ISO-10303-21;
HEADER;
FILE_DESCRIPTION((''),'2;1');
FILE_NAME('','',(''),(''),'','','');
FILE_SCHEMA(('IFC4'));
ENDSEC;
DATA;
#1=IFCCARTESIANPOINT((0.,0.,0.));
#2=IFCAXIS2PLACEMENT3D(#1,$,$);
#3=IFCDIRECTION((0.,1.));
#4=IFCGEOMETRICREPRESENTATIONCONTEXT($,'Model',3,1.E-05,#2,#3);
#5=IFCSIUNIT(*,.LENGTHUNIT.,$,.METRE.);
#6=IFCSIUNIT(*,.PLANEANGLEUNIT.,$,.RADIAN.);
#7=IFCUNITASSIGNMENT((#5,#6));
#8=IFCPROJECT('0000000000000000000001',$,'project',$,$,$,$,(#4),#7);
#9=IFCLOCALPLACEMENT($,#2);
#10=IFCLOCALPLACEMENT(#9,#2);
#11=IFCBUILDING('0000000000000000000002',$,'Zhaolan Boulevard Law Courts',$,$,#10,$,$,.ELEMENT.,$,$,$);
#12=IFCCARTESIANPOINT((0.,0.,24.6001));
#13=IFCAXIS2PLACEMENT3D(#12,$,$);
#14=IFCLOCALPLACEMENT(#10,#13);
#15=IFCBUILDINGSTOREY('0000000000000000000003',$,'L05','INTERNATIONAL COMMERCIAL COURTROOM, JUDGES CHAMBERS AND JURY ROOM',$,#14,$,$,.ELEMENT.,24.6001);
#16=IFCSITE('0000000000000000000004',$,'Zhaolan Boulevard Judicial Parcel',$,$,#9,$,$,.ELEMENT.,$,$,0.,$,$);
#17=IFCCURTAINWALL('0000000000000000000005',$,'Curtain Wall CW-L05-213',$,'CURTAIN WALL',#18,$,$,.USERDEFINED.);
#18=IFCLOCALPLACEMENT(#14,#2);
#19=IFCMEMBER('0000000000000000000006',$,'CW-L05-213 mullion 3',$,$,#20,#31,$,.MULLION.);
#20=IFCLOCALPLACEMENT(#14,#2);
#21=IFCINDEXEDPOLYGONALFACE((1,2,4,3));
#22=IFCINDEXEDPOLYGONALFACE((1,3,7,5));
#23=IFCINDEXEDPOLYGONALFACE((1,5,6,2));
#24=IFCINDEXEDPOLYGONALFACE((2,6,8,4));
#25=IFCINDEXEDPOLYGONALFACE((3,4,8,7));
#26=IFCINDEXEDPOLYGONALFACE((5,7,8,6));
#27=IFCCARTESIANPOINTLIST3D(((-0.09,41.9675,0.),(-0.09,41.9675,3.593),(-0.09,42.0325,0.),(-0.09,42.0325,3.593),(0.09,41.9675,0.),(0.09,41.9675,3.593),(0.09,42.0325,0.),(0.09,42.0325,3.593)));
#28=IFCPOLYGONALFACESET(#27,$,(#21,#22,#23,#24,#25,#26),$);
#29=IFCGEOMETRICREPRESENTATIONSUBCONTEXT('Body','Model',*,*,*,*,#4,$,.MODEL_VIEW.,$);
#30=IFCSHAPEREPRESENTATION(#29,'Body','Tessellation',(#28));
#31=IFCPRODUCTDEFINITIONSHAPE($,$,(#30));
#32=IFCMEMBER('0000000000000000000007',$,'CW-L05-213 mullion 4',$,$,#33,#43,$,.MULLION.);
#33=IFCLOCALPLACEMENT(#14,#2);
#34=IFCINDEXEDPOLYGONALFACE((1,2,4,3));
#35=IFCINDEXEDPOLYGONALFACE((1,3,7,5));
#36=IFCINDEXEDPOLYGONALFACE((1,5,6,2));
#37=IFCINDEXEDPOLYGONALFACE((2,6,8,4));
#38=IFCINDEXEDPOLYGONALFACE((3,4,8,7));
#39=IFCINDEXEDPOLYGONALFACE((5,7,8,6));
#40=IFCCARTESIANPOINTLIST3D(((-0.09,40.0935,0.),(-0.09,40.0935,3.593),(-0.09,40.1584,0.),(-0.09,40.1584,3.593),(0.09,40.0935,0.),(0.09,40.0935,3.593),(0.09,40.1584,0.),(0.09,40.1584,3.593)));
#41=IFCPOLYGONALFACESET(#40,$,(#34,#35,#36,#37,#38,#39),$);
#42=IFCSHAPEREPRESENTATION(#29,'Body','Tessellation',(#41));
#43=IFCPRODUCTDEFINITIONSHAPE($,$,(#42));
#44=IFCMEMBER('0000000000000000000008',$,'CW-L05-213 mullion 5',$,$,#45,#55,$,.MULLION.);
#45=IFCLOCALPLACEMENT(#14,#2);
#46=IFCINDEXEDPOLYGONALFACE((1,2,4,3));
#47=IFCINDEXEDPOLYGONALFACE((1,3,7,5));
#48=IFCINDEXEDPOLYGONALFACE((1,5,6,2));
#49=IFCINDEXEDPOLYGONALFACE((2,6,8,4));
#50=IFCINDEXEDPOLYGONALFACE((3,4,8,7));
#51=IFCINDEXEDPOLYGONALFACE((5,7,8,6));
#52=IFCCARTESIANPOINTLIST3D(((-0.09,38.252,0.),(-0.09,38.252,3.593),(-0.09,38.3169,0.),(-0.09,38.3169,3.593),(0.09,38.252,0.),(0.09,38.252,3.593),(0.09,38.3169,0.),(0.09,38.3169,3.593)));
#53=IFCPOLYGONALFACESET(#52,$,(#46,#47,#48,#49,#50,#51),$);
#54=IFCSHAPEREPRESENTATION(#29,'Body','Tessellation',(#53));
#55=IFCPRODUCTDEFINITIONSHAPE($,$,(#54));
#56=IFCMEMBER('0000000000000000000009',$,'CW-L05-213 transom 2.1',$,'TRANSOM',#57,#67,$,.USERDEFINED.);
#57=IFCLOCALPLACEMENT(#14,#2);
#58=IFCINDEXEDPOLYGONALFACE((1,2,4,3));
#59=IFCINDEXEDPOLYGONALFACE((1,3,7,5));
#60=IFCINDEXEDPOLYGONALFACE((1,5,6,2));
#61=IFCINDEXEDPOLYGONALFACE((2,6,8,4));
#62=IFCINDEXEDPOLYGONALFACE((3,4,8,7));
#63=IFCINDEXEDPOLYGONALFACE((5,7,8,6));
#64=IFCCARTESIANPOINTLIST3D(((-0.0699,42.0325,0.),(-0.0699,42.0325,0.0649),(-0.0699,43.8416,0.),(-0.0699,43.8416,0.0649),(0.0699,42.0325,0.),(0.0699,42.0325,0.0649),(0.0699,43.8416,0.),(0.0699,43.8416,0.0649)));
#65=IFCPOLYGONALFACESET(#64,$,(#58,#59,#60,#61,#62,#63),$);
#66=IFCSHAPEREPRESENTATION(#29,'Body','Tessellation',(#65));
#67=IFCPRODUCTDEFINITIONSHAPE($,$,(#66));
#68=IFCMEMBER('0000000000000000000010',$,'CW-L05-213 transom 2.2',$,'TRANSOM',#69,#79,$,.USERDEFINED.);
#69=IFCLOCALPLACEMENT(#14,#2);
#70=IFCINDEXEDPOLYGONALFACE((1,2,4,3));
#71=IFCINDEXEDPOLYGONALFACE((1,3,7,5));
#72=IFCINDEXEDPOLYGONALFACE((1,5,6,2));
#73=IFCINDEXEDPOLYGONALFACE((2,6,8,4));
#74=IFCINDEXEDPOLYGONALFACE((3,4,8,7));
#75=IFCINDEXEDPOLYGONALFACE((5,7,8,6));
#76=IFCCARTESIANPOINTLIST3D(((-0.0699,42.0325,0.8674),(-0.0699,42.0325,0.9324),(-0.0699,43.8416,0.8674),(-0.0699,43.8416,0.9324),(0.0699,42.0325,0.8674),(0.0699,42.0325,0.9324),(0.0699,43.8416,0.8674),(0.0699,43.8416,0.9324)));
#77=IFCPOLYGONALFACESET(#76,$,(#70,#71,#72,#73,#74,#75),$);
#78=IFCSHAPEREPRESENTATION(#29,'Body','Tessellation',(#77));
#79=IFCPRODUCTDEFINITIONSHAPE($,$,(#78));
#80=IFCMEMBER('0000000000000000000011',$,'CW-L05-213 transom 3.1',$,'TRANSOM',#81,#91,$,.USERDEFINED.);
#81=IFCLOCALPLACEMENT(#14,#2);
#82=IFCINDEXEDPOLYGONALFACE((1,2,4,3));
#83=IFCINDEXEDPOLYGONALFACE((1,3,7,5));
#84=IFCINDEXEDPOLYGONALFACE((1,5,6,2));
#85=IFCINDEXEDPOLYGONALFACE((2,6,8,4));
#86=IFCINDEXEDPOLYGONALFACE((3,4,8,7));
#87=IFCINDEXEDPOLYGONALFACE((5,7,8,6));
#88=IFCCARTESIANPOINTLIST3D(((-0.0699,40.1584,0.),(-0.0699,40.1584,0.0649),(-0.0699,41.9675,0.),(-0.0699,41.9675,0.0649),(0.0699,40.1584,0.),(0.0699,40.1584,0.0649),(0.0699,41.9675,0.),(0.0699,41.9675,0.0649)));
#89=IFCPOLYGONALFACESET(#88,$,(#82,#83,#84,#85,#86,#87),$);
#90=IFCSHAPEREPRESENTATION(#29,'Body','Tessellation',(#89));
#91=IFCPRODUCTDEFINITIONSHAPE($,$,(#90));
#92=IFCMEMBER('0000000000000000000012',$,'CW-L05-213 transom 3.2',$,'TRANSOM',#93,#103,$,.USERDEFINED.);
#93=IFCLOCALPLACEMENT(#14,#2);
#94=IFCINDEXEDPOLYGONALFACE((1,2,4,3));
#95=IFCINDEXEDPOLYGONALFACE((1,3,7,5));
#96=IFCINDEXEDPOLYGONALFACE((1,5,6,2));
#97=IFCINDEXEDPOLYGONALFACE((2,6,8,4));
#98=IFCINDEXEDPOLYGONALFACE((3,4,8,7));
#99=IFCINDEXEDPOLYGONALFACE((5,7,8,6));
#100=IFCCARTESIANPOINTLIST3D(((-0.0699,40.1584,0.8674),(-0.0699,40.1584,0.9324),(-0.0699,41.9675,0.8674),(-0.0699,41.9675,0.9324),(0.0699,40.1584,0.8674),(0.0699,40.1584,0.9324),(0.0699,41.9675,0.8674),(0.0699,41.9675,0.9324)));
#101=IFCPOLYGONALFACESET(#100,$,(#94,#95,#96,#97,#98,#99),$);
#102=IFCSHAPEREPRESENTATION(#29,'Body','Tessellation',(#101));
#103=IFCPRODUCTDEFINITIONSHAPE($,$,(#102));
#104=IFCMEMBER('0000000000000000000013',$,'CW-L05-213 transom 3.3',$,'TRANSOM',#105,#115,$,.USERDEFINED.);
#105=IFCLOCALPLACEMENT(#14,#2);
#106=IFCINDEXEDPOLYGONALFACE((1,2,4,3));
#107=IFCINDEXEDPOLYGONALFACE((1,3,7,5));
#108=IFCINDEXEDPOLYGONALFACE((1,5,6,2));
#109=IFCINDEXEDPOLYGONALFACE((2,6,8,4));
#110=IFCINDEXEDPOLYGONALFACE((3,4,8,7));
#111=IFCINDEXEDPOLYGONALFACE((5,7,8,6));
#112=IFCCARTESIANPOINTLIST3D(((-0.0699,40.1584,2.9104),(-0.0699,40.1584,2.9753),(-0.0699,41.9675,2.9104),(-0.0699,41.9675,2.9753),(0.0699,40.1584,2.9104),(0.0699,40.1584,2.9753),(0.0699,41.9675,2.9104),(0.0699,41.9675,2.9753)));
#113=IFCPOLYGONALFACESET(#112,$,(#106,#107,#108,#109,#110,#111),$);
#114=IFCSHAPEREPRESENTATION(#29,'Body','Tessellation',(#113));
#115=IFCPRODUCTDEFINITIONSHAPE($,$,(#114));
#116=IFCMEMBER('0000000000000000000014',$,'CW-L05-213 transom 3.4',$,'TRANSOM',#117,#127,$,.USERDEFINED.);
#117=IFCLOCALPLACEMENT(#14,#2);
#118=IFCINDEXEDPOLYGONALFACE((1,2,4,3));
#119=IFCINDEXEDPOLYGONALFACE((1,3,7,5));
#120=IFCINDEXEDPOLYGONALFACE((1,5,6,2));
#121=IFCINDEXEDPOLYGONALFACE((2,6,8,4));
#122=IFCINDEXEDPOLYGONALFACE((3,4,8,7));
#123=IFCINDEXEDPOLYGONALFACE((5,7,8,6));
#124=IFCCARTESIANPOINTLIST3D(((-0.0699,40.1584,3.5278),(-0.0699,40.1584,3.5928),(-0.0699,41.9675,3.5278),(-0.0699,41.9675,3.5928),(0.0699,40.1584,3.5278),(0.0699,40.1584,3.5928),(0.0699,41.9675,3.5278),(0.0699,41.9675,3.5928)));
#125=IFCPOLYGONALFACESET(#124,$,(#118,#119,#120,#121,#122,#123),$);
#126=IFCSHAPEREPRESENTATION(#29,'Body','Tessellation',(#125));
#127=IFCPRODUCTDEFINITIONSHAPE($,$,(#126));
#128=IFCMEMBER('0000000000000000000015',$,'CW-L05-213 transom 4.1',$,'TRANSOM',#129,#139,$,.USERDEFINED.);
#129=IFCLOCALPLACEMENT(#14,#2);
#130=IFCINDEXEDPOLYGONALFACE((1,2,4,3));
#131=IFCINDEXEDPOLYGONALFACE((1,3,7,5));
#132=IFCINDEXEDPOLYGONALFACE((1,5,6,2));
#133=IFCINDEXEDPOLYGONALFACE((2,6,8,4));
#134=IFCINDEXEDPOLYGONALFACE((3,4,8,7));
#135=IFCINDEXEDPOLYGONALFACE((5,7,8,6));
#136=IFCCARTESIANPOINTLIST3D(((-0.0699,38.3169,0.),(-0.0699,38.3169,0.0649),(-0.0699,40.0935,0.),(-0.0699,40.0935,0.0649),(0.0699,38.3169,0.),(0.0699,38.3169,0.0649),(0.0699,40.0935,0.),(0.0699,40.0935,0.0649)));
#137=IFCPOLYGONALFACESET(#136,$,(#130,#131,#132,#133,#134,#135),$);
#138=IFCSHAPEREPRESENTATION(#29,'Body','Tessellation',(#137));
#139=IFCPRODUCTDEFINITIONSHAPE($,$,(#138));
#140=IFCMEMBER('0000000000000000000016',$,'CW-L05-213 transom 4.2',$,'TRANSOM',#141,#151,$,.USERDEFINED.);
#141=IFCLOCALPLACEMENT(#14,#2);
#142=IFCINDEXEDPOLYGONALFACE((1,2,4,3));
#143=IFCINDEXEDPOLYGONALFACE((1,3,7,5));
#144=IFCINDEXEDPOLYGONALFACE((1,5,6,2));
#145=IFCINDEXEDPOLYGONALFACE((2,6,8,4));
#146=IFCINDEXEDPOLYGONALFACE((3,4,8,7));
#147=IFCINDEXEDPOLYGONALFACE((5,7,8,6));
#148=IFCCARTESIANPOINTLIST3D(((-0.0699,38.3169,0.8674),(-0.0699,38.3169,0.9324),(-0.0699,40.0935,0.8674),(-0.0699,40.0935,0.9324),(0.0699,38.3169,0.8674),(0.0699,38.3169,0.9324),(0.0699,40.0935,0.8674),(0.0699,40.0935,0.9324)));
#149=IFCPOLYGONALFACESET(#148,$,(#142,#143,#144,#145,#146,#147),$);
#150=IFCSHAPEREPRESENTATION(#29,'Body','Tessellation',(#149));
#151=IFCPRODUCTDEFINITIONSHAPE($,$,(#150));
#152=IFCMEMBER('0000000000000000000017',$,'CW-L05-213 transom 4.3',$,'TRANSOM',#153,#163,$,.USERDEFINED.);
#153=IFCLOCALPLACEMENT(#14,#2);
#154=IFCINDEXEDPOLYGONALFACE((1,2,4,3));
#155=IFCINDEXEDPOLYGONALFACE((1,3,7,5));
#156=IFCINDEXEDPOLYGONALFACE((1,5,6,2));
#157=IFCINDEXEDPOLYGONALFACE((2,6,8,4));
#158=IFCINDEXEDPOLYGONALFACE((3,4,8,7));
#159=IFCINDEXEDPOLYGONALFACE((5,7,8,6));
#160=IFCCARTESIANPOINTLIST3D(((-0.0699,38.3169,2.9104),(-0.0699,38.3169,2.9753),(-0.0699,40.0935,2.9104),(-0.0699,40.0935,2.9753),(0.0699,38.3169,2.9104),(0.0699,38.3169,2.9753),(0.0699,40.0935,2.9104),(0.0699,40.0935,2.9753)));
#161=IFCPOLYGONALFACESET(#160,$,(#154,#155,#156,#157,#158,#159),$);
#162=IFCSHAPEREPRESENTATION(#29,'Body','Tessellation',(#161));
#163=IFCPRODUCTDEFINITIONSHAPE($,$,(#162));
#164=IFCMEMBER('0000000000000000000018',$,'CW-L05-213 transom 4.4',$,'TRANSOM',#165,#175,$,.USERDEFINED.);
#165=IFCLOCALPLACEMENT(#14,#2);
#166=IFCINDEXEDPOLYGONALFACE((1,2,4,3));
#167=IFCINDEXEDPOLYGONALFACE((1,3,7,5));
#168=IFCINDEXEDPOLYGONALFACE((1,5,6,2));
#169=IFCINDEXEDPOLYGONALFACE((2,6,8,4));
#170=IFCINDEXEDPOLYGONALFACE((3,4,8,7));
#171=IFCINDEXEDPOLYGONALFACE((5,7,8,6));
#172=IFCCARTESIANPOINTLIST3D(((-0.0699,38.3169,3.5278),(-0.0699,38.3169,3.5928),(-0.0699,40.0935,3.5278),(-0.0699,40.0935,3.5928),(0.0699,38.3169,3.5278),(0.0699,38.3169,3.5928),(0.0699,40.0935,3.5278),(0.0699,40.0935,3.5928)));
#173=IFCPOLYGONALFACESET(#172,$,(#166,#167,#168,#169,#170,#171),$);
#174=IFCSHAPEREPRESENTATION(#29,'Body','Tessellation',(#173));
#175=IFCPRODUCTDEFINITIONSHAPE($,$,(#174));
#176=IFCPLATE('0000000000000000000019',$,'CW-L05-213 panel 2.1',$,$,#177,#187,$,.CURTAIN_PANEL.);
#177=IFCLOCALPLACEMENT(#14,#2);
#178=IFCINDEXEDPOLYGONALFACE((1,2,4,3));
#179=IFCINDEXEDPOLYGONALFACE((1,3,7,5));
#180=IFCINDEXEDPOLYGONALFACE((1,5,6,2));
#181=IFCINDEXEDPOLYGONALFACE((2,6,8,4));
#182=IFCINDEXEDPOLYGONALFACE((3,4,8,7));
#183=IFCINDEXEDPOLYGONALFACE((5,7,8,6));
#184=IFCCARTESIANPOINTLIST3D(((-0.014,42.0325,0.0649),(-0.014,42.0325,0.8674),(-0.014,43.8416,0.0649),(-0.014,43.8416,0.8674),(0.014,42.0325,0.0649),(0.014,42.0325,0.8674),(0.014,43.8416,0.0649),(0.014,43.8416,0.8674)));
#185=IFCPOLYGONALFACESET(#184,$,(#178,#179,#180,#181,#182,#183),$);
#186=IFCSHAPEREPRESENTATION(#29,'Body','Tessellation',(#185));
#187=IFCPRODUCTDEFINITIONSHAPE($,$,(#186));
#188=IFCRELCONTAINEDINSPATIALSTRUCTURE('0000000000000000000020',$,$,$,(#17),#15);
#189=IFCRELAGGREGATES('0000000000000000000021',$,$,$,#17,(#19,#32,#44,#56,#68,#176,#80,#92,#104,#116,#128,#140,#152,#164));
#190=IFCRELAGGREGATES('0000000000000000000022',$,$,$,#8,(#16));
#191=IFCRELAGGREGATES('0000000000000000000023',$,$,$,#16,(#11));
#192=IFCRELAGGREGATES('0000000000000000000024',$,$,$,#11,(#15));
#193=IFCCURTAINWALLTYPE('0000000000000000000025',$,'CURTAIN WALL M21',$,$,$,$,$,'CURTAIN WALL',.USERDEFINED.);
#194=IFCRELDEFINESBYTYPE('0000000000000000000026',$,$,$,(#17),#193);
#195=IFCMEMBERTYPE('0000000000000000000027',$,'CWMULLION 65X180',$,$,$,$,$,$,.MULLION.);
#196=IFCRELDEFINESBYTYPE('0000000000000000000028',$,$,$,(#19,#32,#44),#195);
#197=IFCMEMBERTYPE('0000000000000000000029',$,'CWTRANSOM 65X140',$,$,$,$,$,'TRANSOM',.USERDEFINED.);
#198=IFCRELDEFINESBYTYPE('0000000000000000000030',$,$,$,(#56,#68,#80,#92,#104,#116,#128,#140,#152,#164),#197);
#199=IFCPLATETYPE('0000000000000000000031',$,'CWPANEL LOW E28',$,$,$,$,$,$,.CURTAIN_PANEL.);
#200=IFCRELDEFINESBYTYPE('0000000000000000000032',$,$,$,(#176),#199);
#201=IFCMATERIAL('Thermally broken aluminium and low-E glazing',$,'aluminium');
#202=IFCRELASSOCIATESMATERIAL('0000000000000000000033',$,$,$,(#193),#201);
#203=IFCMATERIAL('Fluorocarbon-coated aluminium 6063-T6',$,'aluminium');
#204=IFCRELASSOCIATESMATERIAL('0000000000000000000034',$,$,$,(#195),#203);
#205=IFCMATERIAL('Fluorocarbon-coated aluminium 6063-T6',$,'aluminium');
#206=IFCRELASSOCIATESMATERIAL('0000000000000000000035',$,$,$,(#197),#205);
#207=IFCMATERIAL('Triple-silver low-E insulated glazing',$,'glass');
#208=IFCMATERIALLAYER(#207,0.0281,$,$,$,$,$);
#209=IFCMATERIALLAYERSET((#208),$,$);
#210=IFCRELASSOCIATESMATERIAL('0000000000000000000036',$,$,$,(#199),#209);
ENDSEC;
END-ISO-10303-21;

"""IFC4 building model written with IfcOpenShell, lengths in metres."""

from ifc_helpers import new_model, si_unit, direction, frame, origin, origin_2d, place, context, subcontext, project, spatial, rectangle, extrude, material, layer, layer_set, material_profile, profile_set, type_object, element, aggregate, save


model = new_model("IFC4")

# Units and contexts
model_context = context("Model", 3, precision=1e-05, world=origin(), true_north=direction((0.0, 1.0)))
body_context = subcontext(model_context, "Body", "Model", "MODEL_VIEW")
ifc_project = project(units=[si_unit("LENGTHUNIT", "METRE"), si_unit("PLANEANGLEUNIT", "RADIAN")], contexts=[model_context])

# Site, building, storey
site_placement = place(None, origin())
site = spatial("IfcSite", under=ifc_project, at=site_placement, Name="Zhaolan Boulevard Judicial Parcel", CompositionType="ELEMENT", RefElevation=0.0)
building_placement = place(site_placement, origin())
building = spatial("IfcBuilding", under=site, at=building_placement, Name="Zhaolan Boulevard Law Courts", CompositionType="ELEMENT")
storey_placement = place(building_placement, frame((0.0, 0.0, 24.6001)))
storey = spatial("IfcBuildingStorey", under=building, at=storey_placement, Name="L05", Description="INTERNATIONAL COMMERCIAL COURTROOM, JUDGES CHAMBERS AND JURY ROOM", CompositionType="ELEMENT", Elevation=24.6001)

# Curtain wall, members, plate
ifc_material_1 = material(Name="Thermally broken aluminium and low-E glazing", Category="aluminium")
curtain_wall_type = type_object("IfcCurtainWallType", Name="CURTAIN WALL M21", ElementType="CURTAIN WALL", PredefinedType="USERDEFINED", material=ifc_material_1)
curtain_wall_placement = place(storey_placement, origin())
curtain_wall = element("IfcCurtainWall", 1, at=curtain_wall_placement, inside=storey, type_object=curtain_wall_type, Name="Curtain Wall CW-L05-213", ObjectType="CURTAIN WALL", PredefinedType="USERDEFINED")
ifc_material_2 = material(Name="Fluorocarbon-coated aluminium 6063-T6", Category="aluminium")
ifc_material_profile_1 = material_profile(ifc_material_2, rectangle(XDim=0.1799, YDim=0.0649, at=origin_2d()), Name="AL65x180")
ifc_profile_set_1 = profile_set([ifc_material_profile_1], Name="Fluorocarbon-coated aluminium 6063-T6")
member_type_1 = type_object("IfcMemberType", Name="CWMULLION 65X180", PredefinedType="MULLION", material=ifc_profile_set_1)
member_1_placement = place(storey_placement, frame((0.0, 42.0, 0.0), z_axis=(0.0, 0.0, 1.0), x_axis=(1.0, 0.0, 0.0)))
member_1 = element("IfcMember", 2, at=member_1_placement, type_object=member_type_1, Name="CW-L05-213 mullion 3", PredefinedType="MULLION", context=body_context, shape_type="SweptSolid", body=[
    extrude(rectangle(XDim=0.1799, YDim=0.0649, at=origin_2d()), origin(), (0.0, 0.0, 1.0), 3.593),
])
member_2_placement = place(storey_placement, frame((0.0, 40.126, 0.0), z_axis=(0.0, 0.0, 1.0), x_axis=(1.0, 0.0, 0.0)))
member_2 = element("IfcMember", 3, at=member_2_placement, type_object=member_type_1, Name="CW-L05-213 mullion 4", PredefinedType="MULLION", context=body_context, shape_type="SweptSolid", body=[
    extrude(rectangle(XDim=0.1799, YDim=0.0649, at=origin_2d()), origin(), (0.0, 0.0, 1.0), 3.593),
])
member_3_placement = place(storey_placement, frame((0.0, 38.2844, 0.0), z_axis=(0.0, 0.0, 1.0), x_axis=(1.0, 0.0, 0.0)))
member_3 = element("IfcMember", 4, at=member_3_placement, type_object=member_type_1, Name="CW-L05-213 mullion 5", PredefinedType="MULLION", context=body_context, shape_type="SweptSolid", body=[
    extrude(rectangle(XDim=0.1799, YDim=0.0649, at=origin_2d()), origin(), (0.0, 0.0, 1.0), 3.593),
])
ifc_material_3 = material(Name="Fluorocarbon-coated aluminium 6063-T6", Category="aluminium")
ifc_material_profile_2 = material_profile(ifc_material_3, rectangle(XDim=0.1399, YDim=0.0649, at=origin_2d()), Name="AL65x140")
ifc_profile_set_2 = profile_set([ifc_material_profile_2], Name="Fluorocarbon-coated aluminium 6063-T6")
member_type_2 = type_object("IfcMemberType", Name="CWTRANSOM 65X140", ElementType="TRANSOM", PredefinedType="USERDEFINED", material=ifc_profile_set_2)
member_4_placement = place(storey_placement, frame((0.0, 43.8416, 0.0325), z_axis=(0.0, -1.0, 0.0), x_axis=(1.0, 0.0, 0.0)))
member_4 = element("IfcMember", 5, at=member_4_placement, type_object=member_type_2, Name="CW-L05-213 transom 2.1", ObjectType="TRANSOM", PredefinedType="USERDEFINED", context=body_context, shape_type="SweptSolid", body=[
    extrude(rectangle(XDim=0.1399, YDim=0.0649, at=origin_2d()), origin(), (0.0, 0.0, 1.0), 1.8091),
])
member_5_placement = place(storey_placement, frame((0.0, 43.8416, 0.8999), z_axis=(0.0, -1.0, 0.0), x_axis=(1.0, 0.0, 0.0)))
member_5 = element("IfcMember", 6, at=member_5_placement, type_object=member_type_2, Name="CW-L05-213 transom 2.2", ObjectType="TRANSOM", PredefinedType="USERDEFINED", context=body_context, shape_type="SweptSolid", body=[
    extrude(rectangle(XDim=0.1399, YDim=0.0649, at=origin_2d()), origin(), (0.0, 0.0, 1.0), 1.8091),
])
member_6_placement = place(storey_placement, frame((0.0, 41.9675, 0.0325), z_axis=(0.0, -1.0, 0.0), x_axis=(1.0, 0.0, 0.0)))
member_6 = element("IfcMember", 7, at=member_6_placement, type_object=member_type_2, Name="CW-L05-213 transom 3.1", ObjectType="TRANSOM", PredefinedType="USERDEFINED", context=body_context, shape_type="SweptSolid", body=[
    extrude(rectangle(XDim=0.1399, YDim=0.0649, at=origin_2d()), origin(), (0.0, 0.0, 1.0), 1.8091),
])
member_7_placement = place(storey_placement, frame((0.0, 41.9675, 0.8999), z_axis=(0.0, -1.0, 0.0), x_axis=(1.0, 0.0, 0.0)))
member_7 = element("IfcMember", 8, at=member_7_placement, type_object=member_type_2, Name="CW-L05-213 transom 3.2", ObjectType="TRANSOM", PredefinedType="USERDEFINED", context=body_context, shape_type="SweptSolid", body=[
    extrude(rectangle(XDim=0.1399, YDim=0.0649, at=origin_2d()), origin(), (0.0, 0.0, 1.0), 1.8091),
])
member_8_placement = place(storey_placement, frame((0.0, 41.9675, 2.9429), z_axis=(0.0, -1.0, 0.0), x_axis=(1.0, 0.0, 0.0)))
member_8 = element("IfcMember", 9, at=member_8_placement, type_object=member_type_2, Name="CW-L05-213 transom 3.3", ObjectType="TRANSOM", PredefinedType="USERDEFINED", context=body_context, shape_type="SweptSolid", body=[
    extrude(rectangle(XDim=0.1399, YDim=0.0649, at=origin_2d()), origin(), (0.0, 0.0, 1.0), 1.8091),
])
member_9_placement = place(storey_placement, frame((0.0, 41.9675, 3.5603), z_axis=(0.0, -1.0, 0.0), x_axis=(1.0, 0.0, 0.0)))
member_9 = element("IfcMember", 10, at=member_9_placement, type_object=member_type_2, Name="CW-L05-213 transom 3.4", ObjectType="TRANSOM", PredefinedType="USERDEFINED", context=body_context, shape_type="SweptSolid", body=[
    extrude(rectangle(XDim=0.1399, YDim=0.0649, at=origin_2d()), origin(), (0.0, 0.0, 1.0), 1.8091),
])
member_10_placement = place(storey_placement, frame((0.0, 40.0935, 0.0325), z_axis=(0.0, -1.0, 0.0), x_axis=(1.0, 0.0, 0.0)))
member_10 = element("IfcMember", 11, at=member_10_placement, type_object=member_type_2, Name="CW-L05-213 transom 4.1", ObjectType="TRANSOM", PredefinedType="USERDEFINED", context=body_context, shape_type="SweptSolid", body=[
    extrude(rectangle(XDim=0.1399, YDim=0.0649, at=origin_2d()), origin(), (0.0, 0.0, 1.0), 1.7766),
])
member_11_placement = place(storey_placement, frame((0.0, 40.0935, 0.8999), z_axis=(0.0, -1.0, 0.0), x_axis=(1.0, 0.0, 0.0)))
member_11 = element("IfcMember", 12, at=member_11_placement, type_object=member_type_2, Name="CW-L05-213 transom 4.2", ObjectType="TRANSOM", PredefinedType="USERDEFINED", context=body_context, shape_type="SweptSolid", body=[
    extrude(rectangle(XDim=0.1399, YDim=0.0649, at=origin_2d()), origin(), (0.0, 0.0, 1.0), 1.7766),
])
member_12_placement = place(storey_placement, frame((0.0, 40.0935, 2.9429), z_axis=(0.0, -1.0, 0.0), x_axis=(1.0, 0.0, 0.0)))
member_12 = element("IfcMember", 13, at=member_12_placement, type_object=member_type_2, Name="CW-L05-213 transom 4.3", ObjectType="TRANSOM", PredefinedType="USERDEFINED", context=body_context, shape_type="SweptSolid", body=[
    extrude(rectangle(XDim=0.1399, YDim=0.0649, at=origin_2d()), origin(), (0.0, 0.0, 1.0), 1.7766),
])
member_13_placement = place(storey_placement, frame((0.0, 40.0935, 3.5603), z_axis=(0.0, -1.0, 0.0), x_axis=(1.0, 0.0, 0.0)))
member_13 = element("IfcMember", 14, at=member_13_placement, type_object=member_type_2, Name="CW-L05-213 transom 4.4", ObjectType="TRANSOM", PredefinedType="USERDEFINED", context=body_context, shape_type="SweptSolid", body=[
    extrude(rectangle(XDim=0.1399, YDim=0.0649, at=origin_2d()), origin(), (0.0, 0.0, 1.0), 1.7766),
])
ifc_material_4 = material(Name="Triple-silver low-E insulated glazing", Category="glass")
ifc_layer = layer(ifc_material_4, 0.0281)
ifc_layer_set = layer_set([ifc_layer])
plate_type = type_object("IfcPlateType", Name="CWPANEL LOW E28", PredefinedType="CURTAIN_PANEL", material=ifc_layer_set)
plate_1_placement = place(storey_placement, frame((0.0, 42.937, 0.0649), z_axis=(0.0, 0.0, 1.0), x_axis=(0.0, -1.0, 0.0)))
plate_1 = element("IfcPlate", 15, at=plate_1_placement, type_object=plate_type, Name="CW-L05-213 panel 2.1", PredefinedType="CURTAIN_PANEL", context=body_context, shape_type="SweptSolid", body=[
    extrude(rectangle(XDim=1.8091, YDim=0.0281, at=origin_2d()), origin(), (0.0, 0.0, 1.0), 0.8025),
])
aggregate(curtain_wall, [member_1, member_2, member_3, member_4, member_5, plate_1, member_6, member_7, member_8, member_9, member_10, member_11, member_12, member_13])

save(model, "model.ifc")
